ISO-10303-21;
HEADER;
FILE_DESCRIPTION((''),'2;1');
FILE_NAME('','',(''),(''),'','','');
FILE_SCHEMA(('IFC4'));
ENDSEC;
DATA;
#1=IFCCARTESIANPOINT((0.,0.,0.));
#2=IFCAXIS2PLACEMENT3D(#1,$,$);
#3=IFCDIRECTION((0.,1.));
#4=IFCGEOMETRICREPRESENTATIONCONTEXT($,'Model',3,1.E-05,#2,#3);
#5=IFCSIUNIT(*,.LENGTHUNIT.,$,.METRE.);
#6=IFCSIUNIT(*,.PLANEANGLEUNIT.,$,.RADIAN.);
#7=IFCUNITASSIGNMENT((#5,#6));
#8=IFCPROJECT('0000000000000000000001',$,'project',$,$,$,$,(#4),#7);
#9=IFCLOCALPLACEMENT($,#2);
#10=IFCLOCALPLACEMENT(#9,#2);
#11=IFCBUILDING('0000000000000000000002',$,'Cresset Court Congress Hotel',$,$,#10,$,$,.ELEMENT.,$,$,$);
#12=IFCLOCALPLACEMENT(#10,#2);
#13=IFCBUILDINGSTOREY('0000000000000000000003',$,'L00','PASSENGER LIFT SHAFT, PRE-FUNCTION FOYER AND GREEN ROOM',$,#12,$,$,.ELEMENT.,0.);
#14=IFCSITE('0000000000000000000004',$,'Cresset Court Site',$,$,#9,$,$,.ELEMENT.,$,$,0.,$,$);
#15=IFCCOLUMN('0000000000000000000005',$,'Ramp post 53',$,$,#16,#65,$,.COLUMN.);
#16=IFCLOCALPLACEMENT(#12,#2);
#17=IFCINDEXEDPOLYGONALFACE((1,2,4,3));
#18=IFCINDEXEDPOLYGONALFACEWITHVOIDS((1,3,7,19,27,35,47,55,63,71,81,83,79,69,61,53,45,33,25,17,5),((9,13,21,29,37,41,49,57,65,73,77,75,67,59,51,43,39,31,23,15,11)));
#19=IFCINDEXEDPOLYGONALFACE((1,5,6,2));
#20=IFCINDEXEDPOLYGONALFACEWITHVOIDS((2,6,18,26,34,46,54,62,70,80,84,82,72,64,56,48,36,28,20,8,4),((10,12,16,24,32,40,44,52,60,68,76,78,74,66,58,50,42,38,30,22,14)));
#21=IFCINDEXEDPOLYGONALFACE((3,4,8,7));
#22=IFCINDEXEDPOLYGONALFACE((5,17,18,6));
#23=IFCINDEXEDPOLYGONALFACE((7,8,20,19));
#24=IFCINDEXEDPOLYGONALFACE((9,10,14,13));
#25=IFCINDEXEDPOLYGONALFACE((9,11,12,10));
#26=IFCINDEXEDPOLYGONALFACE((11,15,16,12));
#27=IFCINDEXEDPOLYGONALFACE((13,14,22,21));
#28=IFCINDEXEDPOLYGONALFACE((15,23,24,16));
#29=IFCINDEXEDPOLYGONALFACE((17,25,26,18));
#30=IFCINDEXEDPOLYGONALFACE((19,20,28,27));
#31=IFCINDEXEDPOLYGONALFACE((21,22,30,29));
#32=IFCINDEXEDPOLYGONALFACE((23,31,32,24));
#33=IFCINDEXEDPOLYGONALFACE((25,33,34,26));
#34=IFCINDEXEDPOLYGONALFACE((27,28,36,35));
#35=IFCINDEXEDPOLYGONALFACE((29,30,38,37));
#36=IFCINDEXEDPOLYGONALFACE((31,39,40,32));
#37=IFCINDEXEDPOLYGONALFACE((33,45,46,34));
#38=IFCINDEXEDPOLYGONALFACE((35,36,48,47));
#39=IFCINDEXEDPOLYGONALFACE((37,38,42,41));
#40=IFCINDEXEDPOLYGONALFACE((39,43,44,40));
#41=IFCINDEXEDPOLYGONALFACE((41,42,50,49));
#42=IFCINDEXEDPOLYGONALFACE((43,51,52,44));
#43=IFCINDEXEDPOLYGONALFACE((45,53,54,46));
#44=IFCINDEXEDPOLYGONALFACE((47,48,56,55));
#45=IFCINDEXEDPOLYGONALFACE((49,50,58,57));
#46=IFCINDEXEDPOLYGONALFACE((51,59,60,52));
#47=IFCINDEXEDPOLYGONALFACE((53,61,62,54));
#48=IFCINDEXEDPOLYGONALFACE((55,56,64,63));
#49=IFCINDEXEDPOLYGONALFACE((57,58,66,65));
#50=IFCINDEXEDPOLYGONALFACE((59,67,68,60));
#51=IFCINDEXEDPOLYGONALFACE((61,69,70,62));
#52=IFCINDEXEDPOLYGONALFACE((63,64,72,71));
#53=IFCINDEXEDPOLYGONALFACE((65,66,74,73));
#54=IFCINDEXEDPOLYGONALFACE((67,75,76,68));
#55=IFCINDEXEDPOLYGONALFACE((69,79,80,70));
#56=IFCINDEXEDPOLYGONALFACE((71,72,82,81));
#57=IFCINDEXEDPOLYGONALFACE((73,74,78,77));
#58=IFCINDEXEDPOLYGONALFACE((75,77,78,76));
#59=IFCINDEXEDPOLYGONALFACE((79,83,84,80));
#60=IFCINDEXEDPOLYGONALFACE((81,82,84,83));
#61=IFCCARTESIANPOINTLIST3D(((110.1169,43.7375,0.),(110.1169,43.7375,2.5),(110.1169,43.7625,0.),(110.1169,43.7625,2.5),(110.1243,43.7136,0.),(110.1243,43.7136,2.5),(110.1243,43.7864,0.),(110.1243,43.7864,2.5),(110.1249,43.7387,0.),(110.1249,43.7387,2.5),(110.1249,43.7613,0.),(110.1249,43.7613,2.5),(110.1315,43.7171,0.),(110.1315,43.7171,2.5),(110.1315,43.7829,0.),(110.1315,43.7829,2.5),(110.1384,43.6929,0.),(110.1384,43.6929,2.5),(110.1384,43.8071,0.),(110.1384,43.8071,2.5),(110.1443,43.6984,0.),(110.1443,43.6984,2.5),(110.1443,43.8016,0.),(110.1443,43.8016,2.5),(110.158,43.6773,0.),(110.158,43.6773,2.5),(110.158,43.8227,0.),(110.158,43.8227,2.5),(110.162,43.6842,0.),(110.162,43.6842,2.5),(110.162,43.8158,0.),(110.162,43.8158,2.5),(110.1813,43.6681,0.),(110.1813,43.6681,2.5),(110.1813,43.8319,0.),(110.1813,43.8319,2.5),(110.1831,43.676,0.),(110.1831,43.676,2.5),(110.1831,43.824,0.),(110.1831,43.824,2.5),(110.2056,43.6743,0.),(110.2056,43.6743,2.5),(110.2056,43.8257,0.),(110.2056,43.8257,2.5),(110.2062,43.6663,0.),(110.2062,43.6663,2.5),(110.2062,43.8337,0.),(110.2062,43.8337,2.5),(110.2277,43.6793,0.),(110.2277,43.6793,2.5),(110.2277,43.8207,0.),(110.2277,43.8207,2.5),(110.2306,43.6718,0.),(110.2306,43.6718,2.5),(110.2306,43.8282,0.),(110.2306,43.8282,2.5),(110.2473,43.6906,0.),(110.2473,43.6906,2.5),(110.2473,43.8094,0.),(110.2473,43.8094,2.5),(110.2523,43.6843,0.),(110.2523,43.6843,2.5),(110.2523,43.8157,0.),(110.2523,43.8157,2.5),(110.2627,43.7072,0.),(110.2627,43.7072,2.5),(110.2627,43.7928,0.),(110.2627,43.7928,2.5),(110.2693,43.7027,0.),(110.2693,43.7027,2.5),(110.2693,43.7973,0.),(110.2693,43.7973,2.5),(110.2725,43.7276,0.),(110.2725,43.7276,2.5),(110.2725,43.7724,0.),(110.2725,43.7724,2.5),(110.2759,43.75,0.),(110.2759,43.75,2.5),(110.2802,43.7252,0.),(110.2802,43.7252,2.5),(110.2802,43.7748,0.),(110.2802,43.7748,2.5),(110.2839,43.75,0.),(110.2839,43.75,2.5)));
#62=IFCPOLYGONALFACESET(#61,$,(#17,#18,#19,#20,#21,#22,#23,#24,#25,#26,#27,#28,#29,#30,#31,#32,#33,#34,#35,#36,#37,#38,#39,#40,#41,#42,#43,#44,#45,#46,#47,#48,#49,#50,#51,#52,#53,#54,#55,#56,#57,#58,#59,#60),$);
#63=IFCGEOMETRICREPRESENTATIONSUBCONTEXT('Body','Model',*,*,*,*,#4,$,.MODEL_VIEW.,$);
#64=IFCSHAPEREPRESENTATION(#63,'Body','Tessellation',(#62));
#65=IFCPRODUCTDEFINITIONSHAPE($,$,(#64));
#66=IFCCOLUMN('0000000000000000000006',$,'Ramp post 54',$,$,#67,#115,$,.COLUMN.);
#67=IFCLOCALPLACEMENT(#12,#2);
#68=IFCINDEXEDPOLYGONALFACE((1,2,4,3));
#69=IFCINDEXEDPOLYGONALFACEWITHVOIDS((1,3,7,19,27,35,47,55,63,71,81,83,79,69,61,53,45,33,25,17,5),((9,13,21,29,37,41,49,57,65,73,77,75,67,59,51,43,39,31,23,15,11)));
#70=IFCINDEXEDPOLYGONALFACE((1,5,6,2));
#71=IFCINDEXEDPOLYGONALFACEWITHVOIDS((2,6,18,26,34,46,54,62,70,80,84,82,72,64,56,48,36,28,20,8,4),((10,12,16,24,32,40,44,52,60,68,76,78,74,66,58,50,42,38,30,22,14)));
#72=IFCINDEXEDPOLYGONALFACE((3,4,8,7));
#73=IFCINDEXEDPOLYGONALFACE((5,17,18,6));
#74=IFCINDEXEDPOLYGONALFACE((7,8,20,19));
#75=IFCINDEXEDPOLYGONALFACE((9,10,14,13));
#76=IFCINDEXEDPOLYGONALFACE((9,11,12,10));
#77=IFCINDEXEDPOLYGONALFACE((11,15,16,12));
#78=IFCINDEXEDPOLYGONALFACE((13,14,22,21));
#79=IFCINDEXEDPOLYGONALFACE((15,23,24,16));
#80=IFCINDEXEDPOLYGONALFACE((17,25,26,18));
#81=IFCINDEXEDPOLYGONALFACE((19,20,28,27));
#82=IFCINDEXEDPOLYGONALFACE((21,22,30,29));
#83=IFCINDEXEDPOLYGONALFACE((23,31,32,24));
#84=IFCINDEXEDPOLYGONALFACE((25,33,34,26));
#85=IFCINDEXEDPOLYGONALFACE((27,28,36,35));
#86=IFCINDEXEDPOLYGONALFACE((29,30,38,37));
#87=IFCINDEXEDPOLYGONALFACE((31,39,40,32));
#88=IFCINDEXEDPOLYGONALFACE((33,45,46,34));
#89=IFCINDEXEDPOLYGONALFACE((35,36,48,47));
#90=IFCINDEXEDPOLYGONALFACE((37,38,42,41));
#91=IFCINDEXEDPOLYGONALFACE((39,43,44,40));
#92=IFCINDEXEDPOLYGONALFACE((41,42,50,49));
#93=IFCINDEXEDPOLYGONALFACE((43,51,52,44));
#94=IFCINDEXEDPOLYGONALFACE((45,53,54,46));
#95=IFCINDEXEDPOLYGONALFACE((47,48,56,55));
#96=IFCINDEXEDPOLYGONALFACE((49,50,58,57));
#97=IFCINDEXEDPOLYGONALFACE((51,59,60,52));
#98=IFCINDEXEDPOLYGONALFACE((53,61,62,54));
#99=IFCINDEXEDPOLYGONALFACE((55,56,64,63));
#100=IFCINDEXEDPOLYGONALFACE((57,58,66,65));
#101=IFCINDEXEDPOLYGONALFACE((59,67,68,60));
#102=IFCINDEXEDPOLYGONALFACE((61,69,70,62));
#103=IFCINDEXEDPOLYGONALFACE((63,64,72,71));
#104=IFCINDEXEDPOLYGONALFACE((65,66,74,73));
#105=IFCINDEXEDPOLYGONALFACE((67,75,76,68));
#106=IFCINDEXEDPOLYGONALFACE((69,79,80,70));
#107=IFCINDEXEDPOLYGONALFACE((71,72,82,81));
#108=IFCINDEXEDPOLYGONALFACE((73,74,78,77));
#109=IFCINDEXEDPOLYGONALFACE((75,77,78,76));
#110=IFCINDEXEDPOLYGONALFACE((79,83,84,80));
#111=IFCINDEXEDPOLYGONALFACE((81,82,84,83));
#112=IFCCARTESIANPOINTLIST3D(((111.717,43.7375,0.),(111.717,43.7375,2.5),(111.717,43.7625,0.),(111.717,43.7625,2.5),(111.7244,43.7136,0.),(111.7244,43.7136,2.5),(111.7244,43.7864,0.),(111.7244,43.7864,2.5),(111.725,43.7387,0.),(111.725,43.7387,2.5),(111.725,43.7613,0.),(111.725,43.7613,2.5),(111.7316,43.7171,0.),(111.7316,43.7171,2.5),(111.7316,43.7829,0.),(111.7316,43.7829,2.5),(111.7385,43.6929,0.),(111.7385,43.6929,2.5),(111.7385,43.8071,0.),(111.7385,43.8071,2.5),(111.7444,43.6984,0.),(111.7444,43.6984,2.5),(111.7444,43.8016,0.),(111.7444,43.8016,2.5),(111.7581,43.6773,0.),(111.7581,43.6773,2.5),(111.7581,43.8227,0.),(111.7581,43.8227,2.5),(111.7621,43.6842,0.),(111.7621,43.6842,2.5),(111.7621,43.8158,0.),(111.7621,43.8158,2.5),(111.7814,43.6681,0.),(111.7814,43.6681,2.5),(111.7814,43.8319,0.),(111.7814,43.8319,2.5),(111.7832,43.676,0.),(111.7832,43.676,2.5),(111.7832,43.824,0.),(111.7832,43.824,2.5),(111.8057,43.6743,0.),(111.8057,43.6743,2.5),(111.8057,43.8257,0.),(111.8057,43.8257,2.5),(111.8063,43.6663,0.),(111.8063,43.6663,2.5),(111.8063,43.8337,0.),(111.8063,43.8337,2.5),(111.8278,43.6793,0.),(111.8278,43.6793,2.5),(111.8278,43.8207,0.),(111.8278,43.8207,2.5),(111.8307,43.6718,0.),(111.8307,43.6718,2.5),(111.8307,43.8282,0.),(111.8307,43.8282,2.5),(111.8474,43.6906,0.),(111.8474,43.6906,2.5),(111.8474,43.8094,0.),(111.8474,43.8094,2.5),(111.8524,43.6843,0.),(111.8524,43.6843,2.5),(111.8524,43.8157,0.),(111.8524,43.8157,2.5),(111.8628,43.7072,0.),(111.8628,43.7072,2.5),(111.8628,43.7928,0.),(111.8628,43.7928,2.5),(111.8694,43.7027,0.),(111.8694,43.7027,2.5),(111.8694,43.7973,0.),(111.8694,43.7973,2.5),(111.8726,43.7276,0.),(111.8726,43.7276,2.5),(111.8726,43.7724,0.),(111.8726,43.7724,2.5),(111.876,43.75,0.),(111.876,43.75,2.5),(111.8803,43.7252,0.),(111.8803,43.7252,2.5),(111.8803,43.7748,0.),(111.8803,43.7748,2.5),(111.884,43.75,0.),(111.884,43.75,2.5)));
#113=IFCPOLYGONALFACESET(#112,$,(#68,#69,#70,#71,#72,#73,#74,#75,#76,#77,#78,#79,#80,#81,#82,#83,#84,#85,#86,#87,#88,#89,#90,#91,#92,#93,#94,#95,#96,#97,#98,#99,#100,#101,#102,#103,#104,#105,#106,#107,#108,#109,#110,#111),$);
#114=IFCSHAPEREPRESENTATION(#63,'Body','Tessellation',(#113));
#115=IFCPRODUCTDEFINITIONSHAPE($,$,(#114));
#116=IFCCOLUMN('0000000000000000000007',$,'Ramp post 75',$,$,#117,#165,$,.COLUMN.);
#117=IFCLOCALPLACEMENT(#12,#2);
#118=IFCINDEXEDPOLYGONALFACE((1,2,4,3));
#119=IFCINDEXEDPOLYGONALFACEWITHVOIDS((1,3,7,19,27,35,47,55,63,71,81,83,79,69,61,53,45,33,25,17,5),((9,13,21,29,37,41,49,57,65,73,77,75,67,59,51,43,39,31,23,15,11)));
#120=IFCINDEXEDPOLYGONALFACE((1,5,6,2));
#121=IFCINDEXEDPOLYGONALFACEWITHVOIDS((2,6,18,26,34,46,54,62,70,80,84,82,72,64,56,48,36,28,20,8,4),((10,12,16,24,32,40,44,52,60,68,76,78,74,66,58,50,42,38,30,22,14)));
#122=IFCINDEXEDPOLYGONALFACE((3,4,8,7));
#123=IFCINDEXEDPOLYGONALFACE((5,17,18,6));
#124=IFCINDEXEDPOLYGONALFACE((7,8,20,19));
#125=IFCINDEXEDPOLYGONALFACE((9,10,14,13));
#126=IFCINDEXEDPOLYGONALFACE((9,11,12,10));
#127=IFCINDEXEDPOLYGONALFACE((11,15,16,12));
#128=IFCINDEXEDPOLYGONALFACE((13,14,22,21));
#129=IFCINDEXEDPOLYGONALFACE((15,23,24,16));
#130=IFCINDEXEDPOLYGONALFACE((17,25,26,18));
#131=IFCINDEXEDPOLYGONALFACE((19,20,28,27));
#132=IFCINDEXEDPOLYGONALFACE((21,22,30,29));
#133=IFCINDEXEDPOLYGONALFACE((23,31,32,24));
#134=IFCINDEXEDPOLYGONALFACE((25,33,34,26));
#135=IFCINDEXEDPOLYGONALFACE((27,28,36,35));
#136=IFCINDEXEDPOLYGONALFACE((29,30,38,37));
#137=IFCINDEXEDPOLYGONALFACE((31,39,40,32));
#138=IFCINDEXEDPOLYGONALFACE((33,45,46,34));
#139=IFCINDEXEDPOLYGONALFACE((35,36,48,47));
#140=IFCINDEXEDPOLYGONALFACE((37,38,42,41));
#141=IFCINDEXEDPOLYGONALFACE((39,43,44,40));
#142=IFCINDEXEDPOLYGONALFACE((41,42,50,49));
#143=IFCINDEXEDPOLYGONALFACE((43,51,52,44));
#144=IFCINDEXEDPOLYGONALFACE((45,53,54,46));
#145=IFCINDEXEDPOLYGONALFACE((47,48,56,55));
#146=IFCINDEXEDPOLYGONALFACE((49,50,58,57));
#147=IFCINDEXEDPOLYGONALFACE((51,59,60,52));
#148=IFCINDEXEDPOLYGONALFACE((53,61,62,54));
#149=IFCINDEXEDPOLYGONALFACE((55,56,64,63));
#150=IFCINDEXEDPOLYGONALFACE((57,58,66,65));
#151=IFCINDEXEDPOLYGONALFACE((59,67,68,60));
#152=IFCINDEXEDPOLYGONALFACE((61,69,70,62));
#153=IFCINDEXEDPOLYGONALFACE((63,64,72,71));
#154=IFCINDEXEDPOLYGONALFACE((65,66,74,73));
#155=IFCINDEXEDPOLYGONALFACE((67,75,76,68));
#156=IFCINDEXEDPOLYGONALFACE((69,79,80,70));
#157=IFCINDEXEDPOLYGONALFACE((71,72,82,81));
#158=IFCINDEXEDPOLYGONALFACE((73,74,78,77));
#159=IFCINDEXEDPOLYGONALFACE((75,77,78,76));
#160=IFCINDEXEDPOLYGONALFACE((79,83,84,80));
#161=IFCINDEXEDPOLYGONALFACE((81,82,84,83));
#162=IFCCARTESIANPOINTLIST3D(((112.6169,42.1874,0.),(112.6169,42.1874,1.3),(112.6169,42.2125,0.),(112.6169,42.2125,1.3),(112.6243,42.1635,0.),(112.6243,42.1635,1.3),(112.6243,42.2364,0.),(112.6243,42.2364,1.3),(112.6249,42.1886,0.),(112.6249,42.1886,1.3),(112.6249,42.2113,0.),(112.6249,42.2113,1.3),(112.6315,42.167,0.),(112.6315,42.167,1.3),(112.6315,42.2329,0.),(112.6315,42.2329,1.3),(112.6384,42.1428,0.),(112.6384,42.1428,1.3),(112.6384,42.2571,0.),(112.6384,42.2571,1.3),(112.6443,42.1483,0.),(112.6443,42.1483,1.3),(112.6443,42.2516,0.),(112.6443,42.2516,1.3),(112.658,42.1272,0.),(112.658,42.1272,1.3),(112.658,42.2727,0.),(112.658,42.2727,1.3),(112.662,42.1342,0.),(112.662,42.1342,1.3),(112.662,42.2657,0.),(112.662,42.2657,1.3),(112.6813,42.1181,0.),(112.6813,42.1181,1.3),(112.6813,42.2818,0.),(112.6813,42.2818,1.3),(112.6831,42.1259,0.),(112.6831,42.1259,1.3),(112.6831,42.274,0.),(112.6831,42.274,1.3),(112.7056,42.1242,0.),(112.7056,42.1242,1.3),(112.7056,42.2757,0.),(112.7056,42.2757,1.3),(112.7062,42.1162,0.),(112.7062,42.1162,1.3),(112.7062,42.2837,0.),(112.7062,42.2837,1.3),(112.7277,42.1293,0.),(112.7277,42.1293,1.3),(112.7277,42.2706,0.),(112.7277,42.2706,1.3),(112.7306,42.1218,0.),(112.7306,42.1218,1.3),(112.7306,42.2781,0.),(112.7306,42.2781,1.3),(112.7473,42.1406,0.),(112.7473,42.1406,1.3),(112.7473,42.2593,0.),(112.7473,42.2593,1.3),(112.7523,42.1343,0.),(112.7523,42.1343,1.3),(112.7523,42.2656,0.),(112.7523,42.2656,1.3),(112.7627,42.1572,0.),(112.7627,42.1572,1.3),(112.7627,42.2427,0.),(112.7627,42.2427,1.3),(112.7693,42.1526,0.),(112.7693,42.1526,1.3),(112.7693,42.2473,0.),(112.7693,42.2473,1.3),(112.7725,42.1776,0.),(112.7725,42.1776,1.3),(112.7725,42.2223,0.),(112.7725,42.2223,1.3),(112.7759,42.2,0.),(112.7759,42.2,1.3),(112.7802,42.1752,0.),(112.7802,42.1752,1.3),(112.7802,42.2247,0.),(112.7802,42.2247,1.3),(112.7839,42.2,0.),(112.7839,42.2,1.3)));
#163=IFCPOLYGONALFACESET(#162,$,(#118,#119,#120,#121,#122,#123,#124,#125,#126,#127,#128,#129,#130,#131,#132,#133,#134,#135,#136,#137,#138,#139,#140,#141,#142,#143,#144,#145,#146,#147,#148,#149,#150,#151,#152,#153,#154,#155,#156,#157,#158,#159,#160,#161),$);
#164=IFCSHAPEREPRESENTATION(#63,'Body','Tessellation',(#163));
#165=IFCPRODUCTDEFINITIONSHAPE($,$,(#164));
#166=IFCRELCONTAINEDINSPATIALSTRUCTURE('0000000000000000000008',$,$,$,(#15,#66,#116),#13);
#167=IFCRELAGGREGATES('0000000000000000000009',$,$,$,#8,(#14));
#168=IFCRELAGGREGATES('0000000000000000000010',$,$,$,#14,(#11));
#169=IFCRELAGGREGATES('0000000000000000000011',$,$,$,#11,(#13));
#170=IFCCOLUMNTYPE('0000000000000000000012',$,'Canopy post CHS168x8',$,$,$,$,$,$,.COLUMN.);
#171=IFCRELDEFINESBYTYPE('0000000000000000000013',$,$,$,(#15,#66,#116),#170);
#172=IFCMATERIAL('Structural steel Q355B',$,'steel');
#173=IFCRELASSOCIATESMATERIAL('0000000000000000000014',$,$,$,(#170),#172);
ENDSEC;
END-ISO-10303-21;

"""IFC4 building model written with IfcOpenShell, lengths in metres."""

from ifc_helpers import new_model, si_unit, direction, frame, origin, origin_2d, place, context, subcontext, project, spatial, hollow_circle, extrude, material, material_profile, profile_set, type_object, element, save


model = new_model("IFC4")

# Units and contexts
model_context = context("Model", 3, precision=1e-05, world=origin(), true_north=direction((0.0, 1.0)))
body_context = subcontext(model_context, "Body", "Model", "MODEL_VIEW")
ifc_project = project(units=[si_unit("LENGTHUNIT", "METRE"), si_unit("PLANEANGLEUNIT", "RADIAN")], contexts=[model_context])

# Site, building, storey
site_placement = place(None, origin())
site = spatial("IfcSite", under=ifc_project, at=site_placement, Name="Cresset Court Site", CompositionType="ELEMENT", RefElevation=0.0)
building_placement = place(site_placement, origin())
building = spatial("IfcBuilding", under=site, at=building_placement, Name="Cresset Court Congress Hotel", CompositionType="ELEMENT")
storey_placement = place(building_placement, origin())
storey = spatial("IfcBuildingStorey", under=building, at=storey_placement, Name="L00", Description="PASSENGER LIFT SHAFT, PRE-FUNCTION FOYER AND GREEN ROOM", CompositionType="ELEMENT", Elevation=0.0)

# Columns
ifc_material_1 = material(Name="Structural steel Q355B", Category="steel")
ifc_material_profile_1 = material_profile(ifc_material_1, hollow_circle(Radius=0.084, WallThickness=0.0081, at=origin_2d()), Name="CHS168x8")
ifc_profile_set_1 = profile_set([ifc_material_profile_1], Name="Structural steel Q355B")
column_type = type_object("IfcColumnType", Name="Canopy post CHS168x8", PredefinedType="COLUMN", material=ifc_profile_set_1)
for number, where, z_axis, x_axis, name in (
    (1, (110.2, 43.75, 0.0), (0.0, 0.0, 1.0), (1.0, 0.0, 0.0), "Ramp post 53"),
    (2, (111.8, 43.75, 0.0), (0.0, 0.0, 1.0), (1.0, 0.0, 0.0), "Ramp post 54"),
):
    element("IfcColumn", number, at=place(storey_placement, frame(where, z_axis=z_axis, x_axis=x_axis)), inside=storey, type_object=column_type, Name=name, PredefinedType="COLUMN", context=body_context, shape_type="SweptSolid", body=[
        extrude(hollow_circle(Radius=0.084, WallThickness=0.0081, at=origin_2d()), origin(), (0.0, 0.0, 1.0), 2.5),
    ])
for number, where, z_axis, x_axis, name in (
    (3, (112.7, 42.2, 0.0), (0.0, 0.0, 1.0), (1.0, 0.0, 0.0), "Ramp post 75"),
):
    element("IfcColumn", number, at=place(storey_placement, frame(where, z_axis=z_axis, x_axis=x_axis)), inside=storey, type_object=column_type, Name=name, PredefinedType="COLUMN", context=body_context, shape_type="SweptSolid", body=[
        extrude(hollow_circle(Radius=0.084, WallThickness=0.0081, at=origin_2d()), origin(), (0.0, 0.0, 1.0), 1.3),
    ])

save(model, "model.ifc")
